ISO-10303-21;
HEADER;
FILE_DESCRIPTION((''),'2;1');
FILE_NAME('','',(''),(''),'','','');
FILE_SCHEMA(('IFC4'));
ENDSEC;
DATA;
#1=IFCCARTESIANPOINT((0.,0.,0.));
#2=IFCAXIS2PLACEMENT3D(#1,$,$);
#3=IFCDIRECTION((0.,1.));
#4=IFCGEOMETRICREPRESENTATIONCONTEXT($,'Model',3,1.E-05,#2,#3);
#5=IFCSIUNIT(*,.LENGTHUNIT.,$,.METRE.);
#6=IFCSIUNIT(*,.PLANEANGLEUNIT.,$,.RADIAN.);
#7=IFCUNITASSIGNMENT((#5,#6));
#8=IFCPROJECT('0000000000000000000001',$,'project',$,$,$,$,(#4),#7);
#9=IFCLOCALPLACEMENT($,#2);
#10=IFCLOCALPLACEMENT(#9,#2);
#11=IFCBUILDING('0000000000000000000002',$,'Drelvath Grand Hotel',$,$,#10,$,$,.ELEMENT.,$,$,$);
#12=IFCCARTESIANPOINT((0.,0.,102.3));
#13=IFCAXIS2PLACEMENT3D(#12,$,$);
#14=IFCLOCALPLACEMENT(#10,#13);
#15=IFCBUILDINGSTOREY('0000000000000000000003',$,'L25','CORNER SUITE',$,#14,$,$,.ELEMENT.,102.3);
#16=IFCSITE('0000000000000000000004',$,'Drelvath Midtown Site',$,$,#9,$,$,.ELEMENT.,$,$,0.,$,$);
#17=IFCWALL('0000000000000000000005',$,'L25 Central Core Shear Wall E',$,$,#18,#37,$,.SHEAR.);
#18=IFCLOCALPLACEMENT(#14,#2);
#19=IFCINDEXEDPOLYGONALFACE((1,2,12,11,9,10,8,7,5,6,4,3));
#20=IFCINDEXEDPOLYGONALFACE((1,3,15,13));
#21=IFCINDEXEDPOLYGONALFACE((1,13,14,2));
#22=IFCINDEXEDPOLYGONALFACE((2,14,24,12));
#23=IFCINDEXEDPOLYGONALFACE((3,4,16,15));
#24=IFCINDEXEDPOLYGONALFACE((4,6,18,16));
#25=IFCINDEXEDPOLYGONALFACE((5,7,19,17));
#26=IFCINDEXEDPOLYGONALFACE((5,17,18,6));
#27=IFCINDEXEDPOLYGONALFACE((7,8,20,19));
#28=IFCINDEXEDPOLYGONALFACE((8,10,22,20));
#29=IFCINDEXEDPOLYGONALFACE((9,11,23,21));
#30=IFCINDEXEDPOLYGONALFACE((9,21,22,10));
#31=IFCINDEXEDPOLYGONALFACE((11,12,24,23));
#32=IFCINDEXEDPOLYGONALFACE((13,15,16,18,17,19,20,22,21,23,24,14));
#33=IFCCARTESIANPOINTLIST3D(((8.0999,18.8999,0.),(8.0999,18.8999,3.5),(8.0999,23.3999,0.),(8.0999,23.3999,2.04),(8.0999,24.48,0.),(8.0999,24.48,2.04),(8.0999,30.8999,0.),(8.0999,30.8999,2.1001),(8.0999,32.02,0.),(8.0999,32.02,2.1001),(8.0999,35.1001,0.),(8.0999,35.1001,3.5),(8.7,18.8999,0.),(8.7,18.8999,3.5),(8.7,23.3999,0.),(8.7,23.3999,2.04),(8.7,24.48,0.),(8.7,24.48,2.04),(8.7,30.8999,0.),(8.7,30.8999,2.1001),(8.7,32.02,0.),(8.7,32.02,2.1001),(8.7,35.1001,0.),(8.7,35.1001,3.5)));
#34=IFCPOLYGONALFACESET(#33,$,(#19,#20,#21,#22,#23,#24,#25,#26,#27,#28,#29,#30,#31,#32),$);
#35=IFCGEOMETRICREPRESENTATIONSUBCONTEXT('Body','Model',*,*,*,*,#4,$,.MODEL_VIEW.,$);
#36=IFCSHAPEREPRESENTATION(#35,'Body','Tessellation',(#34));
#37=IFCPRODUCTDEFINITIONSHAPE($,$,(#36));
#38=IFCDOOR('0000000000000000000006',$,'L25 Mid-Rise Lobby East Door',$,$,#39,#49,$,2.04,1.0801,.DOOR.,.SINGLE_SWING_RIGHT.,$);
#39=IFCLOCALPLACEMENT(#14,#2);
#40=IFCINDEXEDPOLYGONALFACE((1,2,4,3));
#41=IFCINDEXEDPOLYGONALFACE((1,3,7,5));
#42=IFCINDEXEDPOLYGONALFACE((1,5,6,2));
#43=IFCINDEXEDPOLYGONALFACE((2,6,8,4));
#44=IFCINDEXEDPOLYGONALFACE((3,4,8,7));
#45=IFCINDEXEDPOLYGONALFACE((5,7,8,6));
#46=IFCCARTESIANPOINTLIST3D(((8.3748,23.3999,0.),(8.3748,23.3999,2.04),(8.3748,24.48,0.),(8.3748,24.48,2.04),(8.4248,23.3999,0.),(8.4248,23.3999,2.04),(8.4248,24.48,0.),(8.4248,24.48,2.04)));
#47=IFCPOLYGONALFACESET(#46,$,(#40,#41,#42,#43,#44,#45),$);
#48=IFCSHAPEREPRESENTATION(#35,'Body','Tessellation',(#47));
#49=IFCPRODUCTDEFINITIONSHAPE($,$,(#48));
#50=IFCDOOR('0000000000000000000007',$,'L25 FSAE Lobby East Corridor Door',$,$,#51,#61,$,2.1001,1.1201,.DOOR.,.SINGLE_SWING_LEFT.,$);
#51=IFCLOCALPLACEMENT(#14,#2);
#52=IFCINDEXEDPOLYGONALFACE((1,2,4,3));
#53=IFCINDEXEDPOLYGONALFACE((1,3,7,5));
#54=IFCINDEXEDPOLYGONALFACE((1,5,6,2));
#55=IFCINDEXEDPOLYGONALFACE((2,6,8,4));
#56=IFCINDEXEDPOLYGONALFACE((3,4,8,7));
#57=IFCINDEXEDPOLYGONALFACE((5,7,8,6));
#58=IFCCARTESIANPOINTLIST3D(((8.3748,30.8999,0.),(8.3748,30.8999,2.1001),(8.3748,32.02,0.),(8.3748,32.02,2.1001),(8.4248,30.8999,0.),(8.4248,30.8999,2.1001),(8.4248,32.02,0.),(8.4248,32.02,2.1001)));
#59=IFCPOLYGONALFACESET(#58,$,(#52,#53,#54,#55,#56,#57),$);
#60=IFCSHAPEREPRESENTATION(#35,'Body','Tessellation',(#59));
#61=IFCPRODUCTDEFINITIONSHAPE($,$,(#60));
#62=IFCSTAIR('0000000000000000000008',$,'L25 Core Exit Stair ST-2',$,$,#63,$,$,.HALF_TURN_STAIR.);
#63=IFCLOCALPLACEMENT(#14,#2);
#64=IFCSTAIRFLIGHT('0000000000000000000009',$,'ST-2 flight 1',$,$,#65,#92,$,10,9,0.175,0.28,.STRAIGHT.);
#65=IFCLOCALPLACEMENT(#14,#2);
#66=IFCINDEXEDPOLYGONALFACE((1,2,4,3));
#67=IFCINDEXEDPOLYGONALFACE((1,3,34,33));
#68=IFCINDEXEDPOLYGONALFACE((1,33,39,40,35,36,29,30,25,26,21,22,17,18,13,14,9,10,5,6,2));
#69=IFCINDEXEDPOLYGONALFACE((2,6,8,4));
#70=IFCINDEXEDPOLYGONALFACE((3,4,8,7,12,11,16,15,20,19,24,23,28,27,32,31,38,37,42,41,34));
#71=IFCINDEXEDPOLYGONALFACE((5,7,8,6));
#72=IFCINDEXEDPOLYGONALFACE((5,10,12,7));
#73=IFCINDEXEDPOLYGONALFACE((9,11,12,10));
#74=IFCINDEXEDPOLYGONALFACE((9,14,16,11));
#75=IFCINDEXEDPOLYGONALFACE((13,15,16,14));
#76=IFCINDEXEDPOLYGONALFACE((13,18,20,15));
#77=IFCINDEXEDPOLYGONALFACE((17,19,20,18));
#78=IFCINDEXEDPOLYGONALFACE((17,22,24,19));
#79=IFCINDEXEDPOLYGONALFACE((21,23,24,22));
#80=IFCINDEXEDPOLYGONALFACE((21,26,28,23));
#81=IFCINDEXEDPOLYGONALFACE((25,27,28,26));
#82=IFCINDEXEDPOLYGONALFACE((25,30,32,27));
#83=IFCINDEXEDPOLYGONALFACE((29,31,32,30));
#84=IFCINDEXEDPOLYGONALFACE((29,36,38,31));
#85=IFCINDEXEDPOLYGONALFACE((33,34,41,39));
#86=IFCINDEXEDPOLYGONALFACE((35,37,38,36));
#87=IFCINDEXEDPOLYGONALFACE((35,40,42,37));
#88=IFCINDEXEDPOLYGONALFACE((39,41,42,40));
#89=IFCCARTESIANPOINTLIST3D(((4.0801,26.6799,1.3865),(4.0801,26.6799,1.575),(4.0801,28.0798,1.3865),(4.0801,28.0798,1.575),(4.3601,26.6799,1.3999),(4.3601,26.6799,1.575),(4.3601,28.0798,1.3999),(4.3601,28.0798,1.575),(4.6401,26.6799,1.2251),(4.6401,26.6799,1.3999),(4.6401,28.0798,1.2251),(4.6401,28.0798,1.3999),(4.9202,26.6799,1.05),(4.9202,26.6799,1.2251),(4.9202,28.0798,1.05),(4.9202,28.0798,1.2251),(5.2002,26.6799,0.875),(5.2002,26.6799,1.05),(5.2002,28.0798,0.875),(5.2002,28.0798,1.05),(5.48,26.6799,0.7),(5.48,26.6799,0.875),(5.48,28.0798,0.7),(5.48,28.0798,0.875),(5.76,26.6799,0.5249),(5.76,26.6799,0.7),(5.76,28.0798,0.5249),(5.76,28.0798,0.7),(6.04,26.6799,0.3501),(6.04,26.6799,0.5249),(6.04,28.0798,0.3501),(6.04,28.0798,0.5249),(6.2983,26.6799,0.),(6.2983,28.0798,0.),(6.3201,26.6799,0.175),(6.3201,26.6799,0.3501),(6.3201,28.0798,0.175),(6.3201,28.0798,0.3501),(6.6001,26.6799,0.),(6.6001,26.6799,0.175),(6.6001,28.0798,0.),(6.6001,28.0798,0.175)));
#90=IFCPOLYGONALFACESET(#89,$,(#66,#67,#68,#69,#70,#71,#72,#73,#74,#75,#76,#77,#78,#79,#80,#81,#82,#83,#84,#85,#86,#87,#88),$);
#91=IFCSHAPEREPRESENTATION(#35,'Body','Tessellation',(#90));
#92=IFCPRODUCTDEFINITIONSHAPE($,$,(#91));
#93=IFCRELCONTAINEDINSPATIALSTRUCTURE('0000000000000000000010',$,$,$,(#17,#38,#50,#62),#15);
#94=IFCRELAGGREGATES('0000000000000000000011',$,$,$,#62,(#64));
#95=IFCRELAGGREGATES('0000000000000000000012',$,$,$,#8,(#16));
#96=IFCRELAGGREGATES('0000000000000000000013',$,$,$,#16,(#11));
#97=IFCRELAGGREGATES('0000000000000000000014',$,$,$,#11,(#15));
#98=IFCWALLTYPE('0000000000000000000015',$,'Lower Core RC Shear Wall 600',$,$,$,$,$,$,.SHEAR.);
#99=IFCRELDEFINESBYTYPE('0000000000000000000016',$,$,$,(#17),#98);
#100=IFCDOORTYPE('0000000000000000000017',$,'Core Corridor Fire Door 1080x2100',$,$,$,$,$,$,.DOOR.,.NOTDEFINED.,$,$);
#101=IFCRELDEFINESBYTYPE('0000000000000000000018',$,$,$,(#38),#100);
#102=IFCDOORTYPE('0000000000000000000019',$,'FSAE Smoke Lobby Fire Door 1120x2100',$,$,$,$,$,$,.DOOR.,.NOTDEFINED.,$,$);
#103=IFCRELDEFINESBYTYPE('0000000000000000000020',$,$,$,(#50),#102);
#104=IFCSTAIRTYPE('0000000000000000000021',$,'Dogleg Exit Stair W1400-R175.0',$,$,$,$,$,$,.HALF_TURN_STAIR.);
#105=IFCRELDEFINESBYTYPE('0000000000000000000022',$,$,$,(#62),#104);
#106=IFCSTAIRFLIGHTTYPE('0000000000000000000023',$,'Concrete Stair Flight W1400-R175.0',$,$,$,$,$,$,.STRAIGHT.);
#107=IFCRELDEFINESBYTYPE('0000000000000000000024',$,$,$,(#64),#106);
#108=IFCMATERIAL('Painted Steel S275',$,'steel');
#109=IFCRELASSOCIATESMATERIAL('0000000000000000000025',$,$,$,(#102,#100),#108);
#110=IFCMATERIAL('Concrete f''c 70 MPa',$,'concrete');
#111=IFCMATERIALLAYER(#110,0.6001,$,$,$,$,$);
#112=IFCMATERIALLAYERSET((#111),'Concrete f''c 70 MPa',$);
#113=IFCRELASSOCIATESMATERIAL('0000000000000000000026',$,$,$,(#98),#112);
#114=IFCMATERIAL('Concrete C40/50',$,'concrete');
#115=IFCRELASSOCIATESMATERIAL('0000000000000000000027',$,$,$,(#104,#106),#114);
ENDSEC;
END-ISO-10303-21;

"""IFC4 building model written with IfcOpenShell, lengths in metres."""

from ifc_helpers import new_model, si_unit, direction, frame, frame_2d, origin, place, context, subcontext, project, spatial, polyline, rectangle, outline, extrude, material, layer, layer_set, type_object, element, fill, aggregate, save


model = new_model("IFC4")

# Units and contexts
model_context = context("Model", 3, precision=1e-05, world=origin(), true_north=direction((0.0, 1.0)))
body_context = subcontext(model_context, "Body", "Model", "MODEL_VIEW")
ifc_project = project(units=[si_unit("LENGTHUNIT", "METRE"), si_unit("PLANEANGLEUNIT", "RADIAN")], contexts=[model_context])

# Site, building, storey
site_placement = place(None, origin())
site = spatial("IfcSite", under=ifc_project, at=site_placement, Name="Drelvath Midtown Site", CompositionType="ELEMENT", RefElevation=0.0)
building_placement = place(site_placement, origin())
building = spatial("IfcBuilding", under=site, at=building_placement, Name="Drelvath Grand Hotel", CompositionType="ELEMENT")
storey_placement = place(building_placement, frame((0.0, 0.0, 102.3)))
storey = spatial("IfcBuildingStorey", under=building, at=storey_placement, Name="L25", Description="CORNER SUITE", CompositionType="ELEMENT", Elevation=102.3)

# Shared definitions
ifc_material_1 = material(Name="Concrete f'c 70 MPa", Category="concrete")

# Shared definitions
ifc_material_2 = material(Name="Concrete C40/50", Category="concrete")

# Shared definitions
ifc_material_3 = material(Name="Painted Steel S275", Category="steel")

# Shared definitions
door_type_1 = type_object("IfcDoorType", Name="FSAE Smoke Lobby Fire Door 1120x2100", OperationType="NOTDEFINED", PredefinedType="DOOR", material=ifc_material_3)

# Wall, openings, doors
ifc_layer_1 = layer(ifc_material_1, 0.6001)
ifc_layer_set_1 = layer_set([ifc_layer_1], Name="Concrete f'c 70 MPa")
wall_type_1 = type_object("IfcWallType", Name="Lower Core RC Shear Wall 600", PredefinedType="SHEAR", material=ifc_layer_set_1)
wall_1_placement = place(storey_placement, frame((8.3999, 35.1001, 0.0), z_axis=(0.0, 0.0, 1.0), x_axis=(0.0, -1.0, 0.0)))
wall_1 = element("IfcWall", 1, at=wall_1_placement, inside=storey, type_object=wall_type_1, Name="L25 Central Core Shear Wall E", PredefinedType="SHEAR", context=body_context, shape_type="SweptSolid", body=[
    extrude(rectangle(XDim=16.2002, YDim=0.6001, at=frame_2d((8.1001, 0.0))), origin(), (0.0, 0.0, 1.0), 3.5),
])
opening_1_placement = place(wall_1_placement, frame((3.0801, 0.0, 0.0)))
opening_1 = element("IfcOpeningElement", 2, at=opening_1_placement, cuts=wall_1, PredefinedType="OPENING", context=body_context, shape_type="SweptSolid", body=[
    extrude(rectangle(XDim=1.1201, YDim=2.1001, at=frame_2d((0.5601, 1.05))), frame((0.0, 0.3101, 0.0), z_axis=(0.0, -1.0, 0.0), x_axis=(1.0, 0.0, 0.0)), (0.0, 0.0, 1.0), 0.6201),
])
opening_2_placement = place(wall_1_placement, frame((10.6201, 0.0, 0.0)))
opening_2 = element("IfcOpeningElement", 3, at=opening_2_placement, cuts=wall_1, PredefinedType="OPENING", context=body_context, shape_type="SweptSolid", body=[
    extrude(rectangle(XDim=1.0801, YDim=2.04, at=frame_2d((0.54, 1.02))), frame((0.0, 0.3101, 0.0), z_axis=(0.0, -1.0, 0.0), x_axis=(1.0, 0.0, 0.0)), (0.0, 0.0, 1.0), 0.6201),
])
door_type_2 = type_object("IfcDoorType", Name="Core Corridor Fire Door 1080x2100", OperationType="NOTDEFINED", PredefinedType="DOOR", material=ifc_material_3)
door_1_placement = place(opening_2_placement, origin())
door_1 = element("IfcDoor", 4, at=door_1_placement, inside=storey, type_object=door_type_2, Name="L25 Mid-Rise Lobby East Door", OperationType="SINGLE_SWING_RIGHT", OverallHeight=2.04, OverallWidth=1.0801, PredefinedType="DOOR", context=body_context, shape_type="SweptSolid", body=[
    extrude(rectangle(XDim=1.0801, YDim=2.04, at=frame_2d((0.54, 1.02))), frame((0.0, 0.0249, 0.0), z_axis=(0.0, -1.0, 0.0), x_axis=(1.0, 0.0, 0.0)), (0.0, 0.0, 1.0), 0.05),
])
fill(opening_2, door_1)
door_2_placement = place(opening_1_placement, origin())
door_2 = element("IfcDoor", 5, at=door_2_placement, inside=storey, type_object=door_type_1, Name="L25 FSAE Lobby East Corridor Door", OperationType="SINGLE_SWING_LEFT", OverallHeight=2.1001, OverallWidth=1.1201, PredefinedType="DOOR", context=body_context, shape_type="SweptSolid", body=[
    extrude(rectangle(XDim=1.1201, YDim=2.1001, at=frame_2d((0.5601, 1.05))), frame((0.0, 0.0249, 0.0), z_axis=(0.0, -1.0, 0.0), x_axis=(1.0, 0.0, 0.0)), (0.0, 0.0, 1.0), 0.05),
])
fill(opening_1, door_2)

# Stair, stair flight
stair_type = type_object("IfcStairType", Name="Dogleg Exit Stair W1400-R175.0", PredefinedType="HALF_TURN_STAIR", material=ifc_material_2)
stair_placement = place(storey_placement, origin())
stair = element("IfcStair", 6, at=stair_placement, inside=storey, type_object=stair_type, Name="L25 Core Exit Stair ST-2", PredefinedType="HALF_TURN_STAIR")
stair_flight_type = type_object("IfcStairFlightType", Name="Concrete Stair Flight W1400-R175.0", PredefinedType="STRAIGHT", material=ifc_material_2)
stair_flight_placement = place(storey_placement, frame((6.6001, 27.3799, 0.0), z_axis=(0.0, 0.0, 1.0), x_axis=(-1.0, 0.0, 0.0)))
stair_flight = element("IfcStairFlight", 7, at=stair_flight_placement, type_object=stair_flight_type, Name="ST-2 flight 1", NumberOfRisers=10, NumberOfTreads=9, PredefinedType="STRAIGHT", RiserHeight=0.175, TreadLength=0.28, context=body_context, shape_type="SweptSolid", body=[
    extrude(outline(polyline([(0.0, 0.0), (0.0, 0.175), (0.28, 0.175), (0.28, 0.3501), (0.5601, 0.3501), (0.5601, 0.5249), (0.8401, 0.5249), (0.8401, 0.7), (1.1201, 0.7), (1.1201, 0.875), (1.3999, 0.875), (1.3999, 1.05), (1.6799, 1.05), (1.6799, 1.2251), (1.96, 1.2251), (1.96, 1.3999), (2.24, 1.3999), (2.24, 1.575), (2.52, 1.575), (2.52, 1.75), (2.52, 1.3865), (0.3018, 0.0), (0.0, 0.0)])), frame((0.0, 0.7, 0.0), z_axis=(0.0, -1.0, 0.0), x_axis=(1.0, 0.0, 0.0)), (0.0, 0.0, 1.0), 1.3999),
])
aggregate(stair, [stair_flight])

save(model, "model.ifc")
